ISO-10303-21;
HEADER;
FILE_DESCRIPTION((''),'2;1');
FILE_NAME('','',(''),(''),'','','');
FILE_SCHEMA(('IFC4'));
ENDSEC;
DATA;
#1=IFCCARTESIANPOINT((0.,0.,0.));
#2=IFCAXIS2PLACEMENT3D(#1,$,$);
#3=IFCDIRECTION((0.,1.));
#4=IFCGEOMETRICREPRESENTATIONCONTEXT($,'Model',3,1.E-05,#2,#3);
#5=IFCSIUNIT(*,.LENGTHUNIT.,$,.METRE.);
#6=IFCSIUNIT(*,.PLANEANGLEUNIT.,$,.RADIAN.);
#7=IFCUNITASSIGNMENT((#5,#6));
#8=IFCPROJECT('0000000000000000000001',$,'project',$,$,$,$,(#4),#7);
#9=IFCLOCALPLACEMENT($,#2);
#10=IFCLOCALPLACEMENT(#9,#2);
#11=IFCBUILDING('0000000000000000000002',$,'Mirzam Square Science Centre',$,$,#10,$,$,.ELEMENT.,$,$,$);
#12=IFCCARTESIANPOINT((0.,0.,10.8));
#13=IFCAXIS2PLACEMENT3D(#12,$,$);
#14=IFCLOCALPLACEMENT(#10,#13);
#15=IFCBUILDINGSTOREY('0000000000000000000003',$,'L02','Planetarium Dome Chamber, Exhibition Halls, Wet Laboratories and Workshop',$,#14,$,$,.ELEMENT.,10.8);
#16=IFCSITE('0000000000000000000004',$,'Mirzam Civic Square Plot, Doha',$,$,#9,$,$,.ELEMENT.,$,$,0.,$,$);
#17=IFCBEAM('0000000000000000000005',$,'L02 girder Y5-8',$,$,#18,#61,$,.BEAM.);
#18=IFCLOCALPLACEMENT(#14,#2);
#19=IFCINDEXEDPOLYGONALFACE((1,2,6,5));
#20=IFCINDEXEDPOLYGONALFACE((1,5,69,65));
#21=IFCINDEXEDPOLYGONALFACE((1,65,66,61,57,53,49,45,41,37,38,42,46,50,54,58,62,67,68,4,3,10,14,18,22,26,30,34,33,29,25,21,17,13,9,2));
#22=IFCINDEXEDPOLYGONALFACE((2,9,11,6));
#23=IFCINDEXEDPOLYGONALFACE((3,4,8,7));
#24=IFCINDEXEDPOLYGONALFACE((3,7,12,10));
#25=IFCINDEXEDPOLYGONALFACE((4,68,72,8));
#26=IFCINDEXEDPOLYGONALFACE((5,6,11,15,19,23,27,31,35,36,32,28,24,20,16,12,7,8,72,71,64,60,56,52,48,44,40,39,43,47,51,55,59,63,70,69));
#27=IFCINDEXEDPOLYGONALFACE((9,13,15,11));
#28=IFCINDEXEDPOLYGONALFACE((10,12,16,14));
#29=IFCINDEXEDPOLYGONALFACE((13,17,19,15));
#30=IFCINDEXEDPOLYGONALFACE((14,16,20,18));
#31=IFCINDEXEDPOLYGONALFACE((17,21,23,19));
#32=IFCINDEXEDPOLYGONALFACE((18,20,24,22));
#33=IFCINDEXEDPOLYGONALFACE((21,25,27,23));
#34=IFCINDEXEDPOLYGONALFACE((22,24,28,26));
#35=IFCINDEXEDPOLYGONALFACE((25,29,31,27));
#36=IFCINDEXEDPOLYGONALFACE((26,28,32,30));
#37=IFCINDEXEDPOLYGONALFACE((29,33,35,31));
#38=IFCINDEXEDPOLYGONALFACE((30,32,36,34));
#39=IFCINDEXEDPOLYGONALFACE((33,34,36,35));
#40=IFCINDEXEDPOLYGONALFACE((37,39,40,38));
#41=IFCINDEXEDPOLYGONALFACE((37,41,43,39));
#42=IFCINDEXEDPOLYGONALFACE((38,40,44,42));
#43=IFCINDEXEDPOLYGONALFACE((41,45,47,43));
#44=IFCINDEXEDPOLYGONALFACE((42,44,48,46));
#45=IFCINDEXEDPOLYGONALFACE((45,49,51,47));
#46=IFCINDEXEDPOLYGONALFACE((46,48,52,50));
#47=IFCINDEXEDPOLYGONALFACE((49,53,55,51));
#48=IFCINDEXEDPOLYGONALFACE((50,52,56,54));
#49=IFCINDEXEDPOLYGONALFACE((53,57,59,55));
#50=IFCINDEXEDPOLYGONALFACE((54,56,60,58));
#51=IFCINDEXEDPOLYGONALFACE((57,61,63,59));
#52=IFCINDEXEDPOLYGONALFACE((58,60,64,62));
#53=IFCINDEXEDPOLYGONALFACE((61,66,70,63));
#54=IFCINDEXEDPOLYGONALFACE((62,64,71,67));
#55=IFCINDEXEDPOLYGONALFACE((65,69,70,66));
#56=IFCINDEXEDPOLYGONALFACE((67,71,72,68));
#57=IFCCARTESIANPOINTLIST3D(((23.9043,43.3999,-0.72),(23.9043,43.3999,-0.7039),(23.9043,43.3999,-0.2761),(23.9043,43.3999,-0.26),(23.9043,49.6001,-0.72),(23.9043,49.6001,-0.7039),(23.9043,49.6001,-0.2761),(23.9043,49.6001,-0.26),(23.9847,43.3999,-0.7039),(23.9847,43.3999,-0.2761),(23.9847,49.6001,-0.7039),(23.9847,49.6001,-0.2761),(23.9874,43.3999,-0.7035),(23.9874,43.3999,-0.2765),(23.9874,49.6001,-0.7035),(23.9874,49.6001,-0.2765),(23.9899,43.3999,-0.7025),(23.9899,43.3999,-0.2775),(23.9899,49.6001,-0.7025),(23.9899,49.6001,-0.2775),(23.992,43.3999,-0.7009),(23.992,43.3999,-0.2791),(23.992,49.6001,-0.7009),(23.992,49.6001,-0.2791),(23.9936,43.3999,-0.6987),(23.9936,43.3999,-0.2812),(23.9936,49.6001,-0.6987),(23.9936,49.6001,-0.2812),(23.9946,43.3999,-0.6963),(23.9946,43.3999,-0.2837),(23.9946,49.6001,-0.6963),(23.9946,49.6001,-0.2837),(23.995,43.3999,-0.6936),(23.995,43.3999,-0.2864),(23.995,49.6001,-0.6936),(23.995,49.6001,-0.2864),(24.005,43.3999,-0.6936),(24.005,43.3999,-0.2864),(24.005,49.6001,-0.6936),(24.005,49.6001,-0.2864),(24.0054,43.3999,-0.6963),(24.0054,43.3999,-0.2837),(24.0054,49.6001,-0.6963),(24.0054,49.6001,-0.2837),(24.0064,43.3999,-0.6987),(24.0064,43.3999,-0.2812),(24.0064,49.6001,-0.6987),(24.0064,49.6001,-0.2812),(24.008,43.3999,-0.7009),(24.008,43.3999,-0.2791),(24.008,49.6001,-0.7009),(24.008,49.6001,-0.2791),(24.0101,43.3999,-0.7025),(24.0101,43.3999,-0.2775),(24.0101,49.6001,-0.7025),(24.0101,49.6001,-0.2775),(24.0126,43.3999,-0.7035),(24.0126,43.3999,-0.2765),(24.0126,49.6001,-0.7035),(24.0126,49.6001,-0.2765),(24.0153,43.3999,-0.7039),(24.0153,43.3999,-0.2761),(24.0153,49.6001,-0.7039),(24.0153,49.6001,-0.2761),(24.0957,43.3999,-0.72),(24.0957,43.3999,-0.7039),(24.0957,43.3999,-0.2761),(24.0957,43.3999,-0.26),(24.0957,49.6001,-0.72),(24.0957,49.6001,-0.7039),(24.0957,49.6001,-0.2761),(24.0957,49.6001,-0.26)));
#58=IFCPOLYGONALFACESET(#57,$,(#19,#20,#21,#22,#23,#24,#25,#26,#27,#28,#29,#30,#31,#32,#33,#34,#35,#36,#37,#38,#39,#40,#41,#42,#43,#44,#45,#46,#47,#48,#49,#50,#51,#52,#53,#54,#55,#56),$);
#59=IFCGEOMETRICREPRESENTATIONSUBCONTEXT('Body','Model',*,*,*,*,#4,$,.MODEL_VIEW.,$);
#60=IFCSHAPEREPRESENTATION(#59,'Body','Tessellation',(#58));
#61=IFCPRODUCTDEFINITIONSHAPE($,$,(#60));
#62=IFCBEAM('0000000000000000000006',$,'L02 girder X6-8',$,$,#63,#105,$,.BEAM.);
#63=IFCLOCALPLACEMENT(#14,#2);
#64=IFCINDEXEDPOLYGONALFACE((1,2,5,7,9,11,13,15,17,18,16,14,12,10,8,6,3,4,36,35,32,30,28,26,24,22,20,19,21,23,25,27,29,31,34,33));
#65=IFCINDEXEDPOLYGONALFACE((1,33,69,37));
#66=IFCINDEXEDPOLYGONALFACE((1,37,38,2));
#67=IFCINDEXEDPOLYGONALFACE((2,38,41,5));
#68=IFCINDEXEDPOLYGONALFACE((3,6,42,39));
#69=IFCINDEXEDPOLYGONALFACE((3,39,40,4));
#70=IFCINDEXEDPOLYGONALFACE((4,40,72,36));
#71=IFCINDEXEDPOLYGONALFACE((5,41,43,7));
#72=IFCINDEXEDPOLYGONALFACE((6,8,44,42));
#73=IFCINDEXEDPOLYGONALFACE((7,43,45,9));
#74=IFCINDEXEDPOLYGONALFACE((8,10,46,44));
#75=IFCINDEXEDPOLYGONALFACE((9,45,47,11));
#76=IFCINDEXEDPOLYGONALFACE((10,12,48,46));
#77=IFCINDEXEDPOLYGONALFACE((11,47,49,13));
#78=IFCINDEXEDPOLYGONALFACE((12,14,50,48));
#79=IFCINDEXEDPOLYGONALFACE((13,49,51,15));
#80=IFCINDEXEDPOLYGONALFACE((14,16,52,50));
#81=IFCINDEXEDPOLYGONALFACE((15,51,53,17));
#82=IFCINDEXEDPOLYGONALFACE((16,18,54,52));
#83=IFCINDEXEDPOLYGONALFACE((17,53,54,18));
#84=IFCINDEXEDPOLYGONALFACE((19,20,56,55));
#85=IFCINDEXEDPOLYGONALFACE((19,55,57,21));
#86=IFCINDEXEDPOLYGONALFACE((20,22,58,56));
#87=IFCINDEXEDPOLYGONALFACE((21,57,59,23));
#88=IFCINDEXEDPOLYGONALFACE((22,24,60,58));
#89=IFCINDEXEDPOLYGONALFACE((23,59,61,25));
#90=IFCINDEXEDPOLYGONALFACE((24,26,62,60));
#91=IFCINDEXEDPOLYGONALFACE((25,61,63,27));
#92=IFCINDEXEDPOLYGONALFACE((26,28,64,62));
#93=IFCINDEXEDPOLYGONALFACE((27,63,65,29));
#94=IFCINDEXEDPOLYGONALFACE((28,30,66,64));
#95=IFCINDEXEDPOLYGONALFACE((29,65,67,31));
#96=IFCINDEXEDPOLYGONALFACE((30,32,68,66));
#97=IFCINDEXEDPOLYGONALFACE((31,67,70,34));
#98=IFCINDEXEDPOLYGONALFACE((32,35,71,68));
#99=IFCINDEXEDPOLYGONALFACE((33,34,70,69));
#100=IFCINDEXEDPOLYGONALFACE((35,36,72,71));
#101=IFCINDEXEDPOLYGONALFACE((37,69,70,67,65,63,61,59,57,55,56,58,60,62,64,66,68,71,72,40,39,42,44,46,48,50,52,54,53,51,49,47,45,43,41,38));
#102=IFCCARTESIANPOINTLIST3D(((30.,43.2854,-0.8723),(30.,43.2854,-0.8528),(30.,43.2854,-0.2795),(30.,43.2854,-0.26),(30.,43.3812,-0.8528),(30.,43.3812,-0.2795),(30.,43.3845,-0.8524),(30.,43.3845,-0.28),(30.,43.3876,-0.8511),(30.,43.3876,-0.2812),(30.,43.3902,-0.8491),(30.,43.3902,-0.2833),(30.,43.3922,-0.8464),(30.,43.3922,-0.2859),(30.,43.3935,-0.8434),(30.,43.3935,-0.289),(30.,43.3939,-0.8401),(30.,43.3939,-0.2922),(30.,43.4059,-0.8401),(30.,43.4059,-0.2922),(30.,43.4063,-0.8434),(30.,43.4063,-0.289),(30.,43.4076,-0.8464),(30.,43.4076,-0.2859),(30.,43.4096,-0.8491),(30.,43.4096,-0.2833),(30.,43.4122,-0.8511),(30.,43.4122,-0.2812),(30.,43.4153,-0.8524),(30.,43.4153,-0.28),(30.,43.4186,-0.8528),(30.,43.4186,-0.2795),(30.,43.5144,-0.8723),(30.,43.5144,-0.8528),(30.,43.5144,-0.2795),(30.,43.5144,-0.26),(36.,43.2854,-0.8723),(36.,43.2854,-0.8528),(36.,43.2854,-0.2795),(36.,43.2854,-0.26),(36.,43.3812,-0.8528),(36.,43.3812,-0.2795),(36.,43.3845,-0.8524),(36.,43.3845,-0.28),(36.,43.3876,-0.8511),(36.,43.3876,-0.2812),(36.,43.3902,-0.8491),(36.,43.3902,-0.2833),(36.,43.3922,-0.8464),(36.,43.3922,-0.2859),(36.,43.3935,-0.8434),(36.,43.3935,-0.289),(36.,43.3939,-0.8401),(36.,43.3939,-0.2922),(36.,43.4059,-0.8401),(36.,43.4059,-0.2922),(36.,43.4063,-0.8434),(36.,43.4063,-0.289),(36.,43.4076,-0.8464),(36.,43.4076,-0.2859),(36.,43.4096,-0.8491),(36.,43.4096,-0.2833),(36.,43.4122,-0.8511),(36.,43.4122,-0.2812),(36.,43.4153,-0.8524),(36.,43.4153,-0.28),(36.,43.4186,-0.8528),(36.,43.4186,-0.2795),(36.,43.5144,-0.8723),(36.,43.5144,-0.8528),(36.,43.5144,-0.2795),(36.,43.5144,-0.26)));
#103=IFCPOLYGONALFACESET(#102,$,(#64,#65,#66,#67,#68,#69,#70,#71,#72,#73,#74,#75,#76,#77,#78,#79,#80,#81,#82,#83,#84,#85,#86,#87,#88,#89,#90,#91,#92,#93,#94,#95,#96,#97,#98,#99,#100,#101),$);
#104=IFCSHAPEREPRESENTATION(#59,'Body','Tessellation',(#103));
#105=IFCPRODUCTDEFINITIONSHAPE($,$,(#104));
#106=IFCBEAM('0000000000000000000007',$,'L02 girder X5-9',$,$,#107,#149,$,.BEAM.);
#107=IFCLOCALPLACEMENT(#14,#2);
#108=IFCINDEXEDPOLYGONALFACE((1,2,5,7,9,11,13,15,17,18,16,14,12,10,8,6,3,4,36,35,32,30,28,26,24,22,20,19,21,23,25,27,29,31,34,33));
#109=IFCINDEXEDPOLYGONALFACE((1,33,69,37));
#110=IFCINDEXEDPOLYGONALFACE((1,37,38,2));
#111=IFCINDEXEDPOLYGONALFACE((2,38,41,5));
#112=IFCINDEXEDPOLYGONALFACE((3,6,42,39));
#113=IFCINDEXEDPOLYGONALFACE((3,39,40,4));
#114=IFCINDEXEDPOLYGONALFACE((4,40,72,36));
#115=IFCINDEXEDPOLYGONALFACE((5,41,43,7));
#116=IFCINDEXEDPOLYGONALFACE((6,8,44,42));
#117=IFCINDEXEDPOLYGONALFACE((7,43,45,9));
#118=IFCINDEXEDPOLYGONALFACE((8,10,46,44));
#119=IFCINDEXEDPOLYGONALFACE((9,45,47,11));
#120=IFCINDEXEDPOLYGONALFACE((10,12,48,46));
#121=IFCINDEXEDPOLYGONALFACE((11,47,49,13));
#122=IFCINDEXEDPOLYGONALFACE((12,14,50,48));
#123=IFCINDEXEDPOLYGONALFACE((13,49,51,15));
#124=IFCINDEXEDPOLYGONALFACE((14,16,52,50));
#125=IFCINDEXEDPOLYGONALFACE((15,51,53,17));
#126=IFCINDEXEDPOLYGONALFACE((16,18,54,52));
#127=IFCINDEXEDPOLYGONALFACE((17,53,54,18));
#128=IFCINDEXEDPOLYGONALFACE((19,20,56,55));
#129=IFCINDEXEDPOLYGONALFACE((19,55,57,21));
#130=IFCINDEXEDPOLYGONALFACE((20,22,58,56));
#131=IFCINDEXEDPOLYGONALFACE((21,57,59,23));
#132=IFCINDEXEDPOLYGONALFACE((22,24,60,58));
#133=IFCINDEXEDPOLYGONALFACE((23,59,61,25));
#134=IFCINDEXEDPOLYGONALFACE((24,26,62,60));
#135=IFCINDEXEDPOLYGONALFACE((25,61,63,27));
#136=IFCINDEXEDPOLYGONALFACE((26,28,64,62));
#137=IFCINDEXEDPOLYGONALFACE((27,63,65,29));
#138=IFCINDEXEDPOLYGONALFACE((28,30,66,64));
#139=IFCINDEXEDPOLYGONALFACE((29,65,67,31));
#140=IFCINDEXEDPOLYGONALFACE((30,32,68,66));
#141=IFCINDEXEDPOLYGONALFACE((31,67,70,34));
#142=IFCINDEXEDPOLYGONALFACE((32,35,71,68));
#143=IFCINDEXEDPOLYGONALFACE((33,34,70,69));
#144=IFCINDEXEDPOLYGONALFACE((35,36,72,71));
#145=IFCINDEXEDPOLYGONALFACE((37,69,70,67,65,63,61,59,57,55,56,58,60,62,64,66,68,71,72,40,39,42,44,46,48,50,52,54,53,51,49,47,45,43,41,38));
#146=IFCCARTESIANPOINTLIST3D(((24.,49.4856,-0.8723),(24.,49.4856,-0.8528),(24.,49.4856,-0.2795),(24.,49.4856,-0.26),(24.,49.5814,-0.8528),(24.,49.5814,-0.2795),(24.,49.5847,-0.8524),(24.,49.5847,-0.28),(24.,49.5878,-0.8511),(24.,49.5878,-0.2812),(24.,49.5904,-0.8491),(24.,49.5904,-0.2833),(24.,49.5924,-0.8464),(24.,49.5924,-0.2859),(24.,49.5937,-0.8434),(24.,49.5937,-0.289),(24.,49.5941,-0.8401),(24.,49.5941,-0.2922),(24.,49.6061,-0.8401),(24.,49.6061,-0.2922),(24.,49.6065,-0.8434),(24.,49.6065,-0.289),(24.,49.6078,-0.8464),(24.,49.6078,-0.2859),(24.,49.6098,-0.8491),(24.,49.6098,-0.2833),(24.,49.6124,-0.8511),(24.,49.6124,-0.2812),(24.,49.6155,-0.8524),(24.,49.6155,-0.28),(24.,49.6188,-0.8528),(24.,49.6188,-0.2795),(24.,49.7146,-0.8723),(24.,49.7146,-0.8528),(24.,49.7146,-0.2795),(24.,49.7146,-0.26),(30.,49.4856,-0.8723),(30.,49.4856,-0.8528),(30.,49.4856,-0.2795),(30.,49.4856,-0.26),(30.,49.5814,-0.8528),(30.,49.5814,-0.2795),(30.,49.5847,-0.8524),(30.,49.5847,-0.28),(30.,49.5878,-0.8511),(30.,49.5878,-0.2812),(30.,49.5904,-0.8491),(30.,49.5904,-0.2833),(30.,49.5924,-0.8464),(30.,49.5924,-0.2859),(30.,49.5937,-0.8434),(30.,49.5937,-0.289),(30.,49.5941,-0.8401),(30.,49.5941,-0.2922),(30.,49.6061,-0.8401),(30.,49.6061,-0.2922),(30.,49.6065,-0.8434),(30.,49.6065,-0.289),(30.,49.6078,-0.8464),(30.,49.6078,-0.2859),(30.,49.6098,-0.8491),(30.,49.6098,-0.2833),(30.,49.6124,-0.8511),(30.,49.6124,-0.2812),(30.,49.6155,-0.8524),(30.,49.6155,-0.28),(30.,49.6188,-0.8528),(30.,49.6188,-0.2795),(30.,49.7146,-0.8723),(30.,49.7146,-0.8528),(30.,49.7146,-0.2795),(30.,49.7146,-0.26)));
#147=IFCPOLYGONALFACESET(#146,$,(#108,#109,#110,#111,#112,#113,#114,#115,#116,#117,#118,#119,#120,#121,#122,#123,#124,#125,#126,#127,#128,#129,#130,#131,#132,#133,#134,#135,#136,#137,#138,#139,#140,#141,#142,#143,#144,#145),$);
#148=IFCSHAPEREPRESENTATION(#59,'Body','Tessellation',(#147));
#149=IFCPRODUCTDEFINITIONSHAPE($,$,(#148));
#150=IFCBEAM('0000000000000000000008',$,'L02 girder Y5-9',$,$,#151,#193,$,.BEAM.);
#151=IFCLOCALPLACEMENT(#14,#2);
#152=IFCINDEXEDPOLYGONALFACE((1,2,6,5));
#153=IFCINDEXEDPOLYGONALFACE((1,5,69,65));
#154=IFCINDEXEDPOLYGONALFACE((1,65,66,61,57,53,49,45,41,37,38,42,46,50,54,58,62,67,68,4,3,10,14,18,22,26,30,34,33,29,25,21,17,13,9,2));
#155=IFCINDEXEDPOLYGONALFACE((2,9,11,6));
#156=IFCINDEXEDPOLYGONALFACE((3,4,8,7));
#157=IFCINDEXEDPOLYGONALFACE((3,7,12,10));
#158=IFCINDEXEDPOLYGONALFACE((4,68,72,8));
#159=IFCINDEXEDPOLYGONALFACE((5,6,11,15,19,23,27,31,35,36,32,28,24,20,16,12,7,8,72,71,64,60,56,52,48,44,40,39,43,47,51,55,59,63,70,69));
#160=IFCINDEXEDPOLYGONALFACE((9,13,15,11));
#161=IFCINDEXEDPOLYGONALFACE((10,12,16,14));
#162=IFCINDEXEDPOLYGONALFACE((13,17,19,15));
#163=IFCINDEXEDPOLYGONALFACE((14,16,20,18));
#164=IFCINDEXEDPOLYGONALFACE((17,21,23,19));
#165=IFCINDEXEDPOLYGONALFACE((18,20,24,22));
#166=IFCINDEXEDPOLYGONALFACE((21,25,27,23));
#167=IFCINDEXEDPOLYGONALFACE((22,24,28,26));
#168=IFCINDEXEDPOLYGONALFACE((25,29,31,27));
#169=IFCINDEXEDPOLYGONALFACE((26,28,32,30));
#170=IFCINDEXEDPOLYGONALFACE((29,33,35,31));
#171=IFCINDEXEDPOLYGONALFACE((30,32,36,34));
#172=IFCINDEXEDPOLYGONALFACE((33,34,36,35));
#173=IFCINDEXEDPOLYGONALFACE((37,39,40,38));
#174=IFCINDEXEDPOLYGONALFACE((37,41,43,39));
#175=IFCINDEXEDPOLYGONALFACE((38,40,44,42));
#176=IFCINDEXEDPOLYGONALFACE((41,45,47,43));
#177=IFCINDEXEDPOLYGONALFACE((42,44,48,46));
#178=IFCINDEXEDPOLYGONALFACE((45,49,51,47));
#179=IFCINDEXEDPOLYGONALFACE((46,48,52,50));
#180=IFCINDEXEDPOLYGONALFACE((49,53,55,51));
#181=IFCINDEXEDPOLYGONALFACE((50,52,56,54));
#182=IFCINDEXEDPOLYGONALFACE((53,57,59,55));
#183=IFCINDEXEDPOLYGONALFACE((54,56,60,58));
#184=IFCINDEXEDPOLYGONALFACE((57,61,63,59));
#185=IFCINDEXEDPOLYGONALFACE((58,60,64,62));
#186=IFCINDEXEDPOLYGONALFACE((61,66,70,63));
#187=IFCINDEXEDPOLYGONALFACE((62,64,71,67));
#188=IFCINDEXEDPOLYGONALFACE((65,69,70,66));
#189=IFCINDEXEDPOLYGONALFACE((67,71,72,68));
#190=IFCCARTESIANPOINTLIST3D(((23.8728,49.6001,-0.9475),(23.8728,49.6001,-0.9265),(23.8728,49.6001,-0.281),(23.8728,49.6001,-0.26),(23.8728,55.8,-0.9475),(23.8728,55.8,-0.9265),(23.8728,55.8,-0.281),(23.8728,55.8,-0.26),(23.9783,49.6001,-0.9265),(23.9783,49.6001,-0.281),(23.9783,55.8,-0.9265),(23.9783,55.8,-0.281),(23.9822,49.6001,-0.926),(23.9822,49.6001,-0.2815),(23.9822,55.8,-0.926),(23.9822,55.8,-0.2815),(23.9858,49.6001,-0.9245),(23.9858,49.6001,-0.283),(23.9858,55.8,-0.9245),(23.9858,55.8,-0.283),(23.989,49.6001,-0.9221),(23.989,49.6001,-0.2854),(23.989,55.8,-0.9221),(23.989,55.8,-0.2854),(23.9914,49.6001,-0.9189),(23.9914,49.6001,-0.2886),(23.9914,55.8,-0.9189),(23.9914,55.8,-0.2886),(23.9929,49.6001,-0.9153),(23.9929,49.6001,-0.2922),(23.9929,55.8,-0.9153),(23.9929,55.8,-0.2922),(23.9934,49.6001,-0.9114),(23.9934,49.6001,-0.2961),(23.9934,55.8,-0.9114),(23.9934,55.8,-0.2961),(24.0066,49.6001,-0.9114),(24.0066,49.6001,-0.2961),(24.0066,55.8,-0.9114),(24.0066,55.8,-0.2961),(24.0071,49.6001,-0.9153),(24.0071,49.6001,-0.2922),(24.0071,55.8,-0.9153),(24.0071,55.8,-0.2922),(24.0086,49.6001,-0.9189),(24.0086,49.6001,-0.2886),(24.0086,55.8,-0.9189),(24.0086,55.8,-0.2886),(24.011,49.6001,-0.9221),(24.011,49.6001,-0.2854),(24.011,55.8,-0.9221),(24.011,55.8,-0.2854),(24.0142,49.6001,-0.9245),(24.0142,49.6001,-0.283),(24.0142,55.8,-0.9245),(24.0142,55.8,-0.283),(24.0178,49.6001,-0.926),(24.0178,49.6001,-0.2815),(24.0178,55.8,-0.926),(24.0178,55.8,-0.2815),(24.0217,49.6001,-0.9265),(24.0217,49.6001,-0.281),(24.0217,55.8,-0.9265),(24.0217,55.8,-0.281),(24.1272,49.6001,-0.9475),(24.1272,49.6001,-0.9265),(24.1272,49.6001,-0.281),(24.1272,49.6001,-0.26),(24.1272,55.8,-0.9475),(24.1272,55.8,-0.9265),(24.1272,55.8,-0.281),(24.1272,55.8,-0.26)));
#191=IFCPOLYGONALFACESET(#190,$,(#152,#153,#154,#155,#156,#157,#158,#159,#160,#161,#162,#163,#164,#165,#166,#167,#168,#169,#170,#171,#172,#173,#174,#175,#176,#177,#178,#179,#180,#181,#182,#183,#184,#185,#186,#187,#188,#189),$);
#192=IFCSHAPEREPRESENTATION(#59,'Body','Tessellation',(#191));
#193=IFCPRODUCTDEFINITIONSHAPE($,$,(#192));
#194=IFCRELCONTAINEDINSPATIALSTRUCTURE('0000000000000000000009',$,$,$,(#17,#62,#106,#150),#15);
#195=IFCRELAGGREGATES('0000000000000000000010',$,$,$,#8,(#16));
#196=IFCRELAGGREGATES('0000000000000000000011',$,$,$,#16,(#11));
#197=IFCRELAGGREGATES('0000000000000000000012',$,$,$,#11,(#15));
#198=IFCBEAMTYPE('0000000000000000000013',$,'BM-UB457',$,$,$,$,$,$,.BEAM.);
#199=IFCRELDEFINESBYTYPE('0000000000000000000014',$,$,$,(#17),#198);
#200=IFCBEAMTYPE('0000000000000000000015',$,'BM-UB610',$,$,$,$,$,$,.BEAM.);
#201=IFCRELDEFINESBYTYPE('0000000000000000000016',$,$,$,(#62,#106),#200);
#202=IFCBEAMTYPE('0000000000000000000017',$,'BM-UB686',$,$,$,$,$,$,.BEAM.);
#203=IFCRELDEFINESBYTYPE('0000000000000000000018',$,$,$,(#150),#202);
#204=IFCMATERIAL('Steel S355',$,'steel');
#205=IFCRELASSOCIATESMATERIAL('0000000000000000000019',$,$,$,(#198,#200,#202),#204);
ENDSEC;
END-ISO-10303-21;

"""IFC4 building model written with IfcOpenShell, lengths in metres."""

from ifc_helpers import new_model, si_unit, direction, frame, origin, origin_2d, place, context, subcontext, project, spatial, i_section, extrude, material, material_profile, profile_set, type_object, element, save


model = new_model("IFC4")

# Units and contexts
model_context = context("Model", 3, precision=1e-05, world=origin(), true_north=direction((0.0, 1.0)))
body_context = subcontext(model_context, "Body", "Model", "MODEL_VIEW")
ifc_project = project(units=[si_unit("LENGTHUNIT", "METRE"), si_unit("PLANEANGLEUNIT", "RADIAN")], contexts=[model_context])

# Site, building, storey
site_placement = place(None, origin())
site = spatial("IfcSite", under=ifc_project, at=site_placement, Name="Mirzam Civic Square Plot, Doha", CompositionType="ELEMENT", RefElevation=0.0)
building_placement = place(site_placement, origin())
building = spatial("IfcBuilding", under=site, at=building_placement, Name="Mirzam Square Science Centre", CompositionType="ELEMENT")
storey_placement = place(building_placement, frame((0.0, 0.0, 10.8)))
storey = spatial("IfcBuildingStorey", under=building, at=storey_placement, Name="L02", Description="Planetarium Dome Chamber, Exhibition Halls, Wet Laboratories and Workshop", CompositionType="ELEMENT", Elevation=10.8)

# Shared definitions
ifc_material_1 = material(Name="Steel S355", Category="steel")

# Beams
ifc_material_profile_1 = material_profile(ifc_material_1, i_section(OverallWidth=0.1914, OverallDepth=0.46, WebThickness=0.01, FlangeThickness=0.0161, FilletRadius=0.0103, at=origin_2d()), Name="457x191x82UB")
ifc_profile_set_1 = profile_set([ifc_material_profile_1], Name="Steel S355")
beam_type_1 = type_object("IfcBeamType", Name="BM-UB457", PredefinedType="BEAM", material=ifc_profile_set_1)
beam_1_placement = place(storey_placement, frame((24.0, 43.3999, -0.49), z_axis=(0.0, 1.0, 0.0), x_axis=(-1.0, 0.0, 0.0)))
element("IfcBeam", 1, at=beam_1_placement, inside=storey, type_object=beam_type_1, Name="L02 girder Y5-8", PredefinedType="BEAM", context=body_context, shape_type="SweptSolid", body=[
    extrude(i_section(OverallWidth=0.1914, OverallDepth=0.46, WebThickness=0.01, FlangeThickness=0.0161, FilletRadius=0.0103, at=origin_2d()), origin(), (0.0, 0.0, 1.0), 6.2002),
])
ifc_material_profile_2 = material_profile(ifc_material_1, i_section(OverallWidth=0.229, OverallDepth=0.6123, WebThickness=0.012, FlangeThickness=0.0195, FilletRadius=0.0127, at=origin_2d()), Name="610x229x125UB")
ifc_profile_set_2 = profile_set([ifc_material_profile_2], Name="Steel S355")
beam_type_2 = type_object("IfcBeamType", Name="BM-UB610", PredefinedType="BEAM", material=ifc_profile_set_2)
for number, where, z_axis, x_axis, name in (
    (2, (30.0, 43.3999, -0.5662), (1.0, 0.0, 0.0), (0.0, 1.0, 0.0), "L02 girder X6-8"),
    (3, (24.0, 49.6001, -0.5662), (1.0, 0.0, 0.0), (0.0, 1.0, 0.0), "L02 girder X5-9"),
):
    element("IfcBeam", number, at=place(storey_placement, frame(where, z_axis=z_axis, x_axis=x_axis)), inside=storey, type_object=beam_type_2, Name=name, PredefinedType="BEAM", context=body_context, shape_type="SweptSolid", body=[
        extrude(i_section(OverallWidth=0.229, OverallDepth=0.6123, WebThickness=0.012, FlangeThickness=0.0195, FilletRadius=0.0127, at=origin_2d()), origin(), (0.0, 0.0, 1.0), 6.0),
    ])
ifc_material_profile_3 = material_profile(ifc_material_1, i_section(OverallWidth=0.2544, OverallDepth=0.6875, WebThickness=0.0132, FlangeThickness=0.021, FilletRadius=0.0151, at=origin_2d()), Name="686x254x152UB")
ifc_profile_set_3 = profile_set([ifc_material_profile_3], Name="Steel S355")
beam_type_3 = type_object("IfcBeamType", Name="BM-UB686", PredefinedType="BEAM", material=ifc_profile_set_3)
beam_2_placement = place(storey_placement, frame((24.0, 49.6001, -0.6038), z_axis=(0.0, 1.0, 0.0), x_axis=(-1.0, 0.0, 0.0)))
element("IfcBeam", 4, at=beam_2_placement, inside=storey, type_object=beam_type_3, Name="L02 girder Y5-9", PredefinedType="BEAM", context=body_context, shape_type="SweptSolid", body=[
    extrude(i_section(OverallWidth=0.2544, OverallDepth=0.6875, WebThickness=0.0132, FlangeThickness=0.021, FilletRadius=0.0151, at=origin_2d()), origin(), (0.0, 0.0, 1.0), 6.2),
])

save(model, "model.ifc")
